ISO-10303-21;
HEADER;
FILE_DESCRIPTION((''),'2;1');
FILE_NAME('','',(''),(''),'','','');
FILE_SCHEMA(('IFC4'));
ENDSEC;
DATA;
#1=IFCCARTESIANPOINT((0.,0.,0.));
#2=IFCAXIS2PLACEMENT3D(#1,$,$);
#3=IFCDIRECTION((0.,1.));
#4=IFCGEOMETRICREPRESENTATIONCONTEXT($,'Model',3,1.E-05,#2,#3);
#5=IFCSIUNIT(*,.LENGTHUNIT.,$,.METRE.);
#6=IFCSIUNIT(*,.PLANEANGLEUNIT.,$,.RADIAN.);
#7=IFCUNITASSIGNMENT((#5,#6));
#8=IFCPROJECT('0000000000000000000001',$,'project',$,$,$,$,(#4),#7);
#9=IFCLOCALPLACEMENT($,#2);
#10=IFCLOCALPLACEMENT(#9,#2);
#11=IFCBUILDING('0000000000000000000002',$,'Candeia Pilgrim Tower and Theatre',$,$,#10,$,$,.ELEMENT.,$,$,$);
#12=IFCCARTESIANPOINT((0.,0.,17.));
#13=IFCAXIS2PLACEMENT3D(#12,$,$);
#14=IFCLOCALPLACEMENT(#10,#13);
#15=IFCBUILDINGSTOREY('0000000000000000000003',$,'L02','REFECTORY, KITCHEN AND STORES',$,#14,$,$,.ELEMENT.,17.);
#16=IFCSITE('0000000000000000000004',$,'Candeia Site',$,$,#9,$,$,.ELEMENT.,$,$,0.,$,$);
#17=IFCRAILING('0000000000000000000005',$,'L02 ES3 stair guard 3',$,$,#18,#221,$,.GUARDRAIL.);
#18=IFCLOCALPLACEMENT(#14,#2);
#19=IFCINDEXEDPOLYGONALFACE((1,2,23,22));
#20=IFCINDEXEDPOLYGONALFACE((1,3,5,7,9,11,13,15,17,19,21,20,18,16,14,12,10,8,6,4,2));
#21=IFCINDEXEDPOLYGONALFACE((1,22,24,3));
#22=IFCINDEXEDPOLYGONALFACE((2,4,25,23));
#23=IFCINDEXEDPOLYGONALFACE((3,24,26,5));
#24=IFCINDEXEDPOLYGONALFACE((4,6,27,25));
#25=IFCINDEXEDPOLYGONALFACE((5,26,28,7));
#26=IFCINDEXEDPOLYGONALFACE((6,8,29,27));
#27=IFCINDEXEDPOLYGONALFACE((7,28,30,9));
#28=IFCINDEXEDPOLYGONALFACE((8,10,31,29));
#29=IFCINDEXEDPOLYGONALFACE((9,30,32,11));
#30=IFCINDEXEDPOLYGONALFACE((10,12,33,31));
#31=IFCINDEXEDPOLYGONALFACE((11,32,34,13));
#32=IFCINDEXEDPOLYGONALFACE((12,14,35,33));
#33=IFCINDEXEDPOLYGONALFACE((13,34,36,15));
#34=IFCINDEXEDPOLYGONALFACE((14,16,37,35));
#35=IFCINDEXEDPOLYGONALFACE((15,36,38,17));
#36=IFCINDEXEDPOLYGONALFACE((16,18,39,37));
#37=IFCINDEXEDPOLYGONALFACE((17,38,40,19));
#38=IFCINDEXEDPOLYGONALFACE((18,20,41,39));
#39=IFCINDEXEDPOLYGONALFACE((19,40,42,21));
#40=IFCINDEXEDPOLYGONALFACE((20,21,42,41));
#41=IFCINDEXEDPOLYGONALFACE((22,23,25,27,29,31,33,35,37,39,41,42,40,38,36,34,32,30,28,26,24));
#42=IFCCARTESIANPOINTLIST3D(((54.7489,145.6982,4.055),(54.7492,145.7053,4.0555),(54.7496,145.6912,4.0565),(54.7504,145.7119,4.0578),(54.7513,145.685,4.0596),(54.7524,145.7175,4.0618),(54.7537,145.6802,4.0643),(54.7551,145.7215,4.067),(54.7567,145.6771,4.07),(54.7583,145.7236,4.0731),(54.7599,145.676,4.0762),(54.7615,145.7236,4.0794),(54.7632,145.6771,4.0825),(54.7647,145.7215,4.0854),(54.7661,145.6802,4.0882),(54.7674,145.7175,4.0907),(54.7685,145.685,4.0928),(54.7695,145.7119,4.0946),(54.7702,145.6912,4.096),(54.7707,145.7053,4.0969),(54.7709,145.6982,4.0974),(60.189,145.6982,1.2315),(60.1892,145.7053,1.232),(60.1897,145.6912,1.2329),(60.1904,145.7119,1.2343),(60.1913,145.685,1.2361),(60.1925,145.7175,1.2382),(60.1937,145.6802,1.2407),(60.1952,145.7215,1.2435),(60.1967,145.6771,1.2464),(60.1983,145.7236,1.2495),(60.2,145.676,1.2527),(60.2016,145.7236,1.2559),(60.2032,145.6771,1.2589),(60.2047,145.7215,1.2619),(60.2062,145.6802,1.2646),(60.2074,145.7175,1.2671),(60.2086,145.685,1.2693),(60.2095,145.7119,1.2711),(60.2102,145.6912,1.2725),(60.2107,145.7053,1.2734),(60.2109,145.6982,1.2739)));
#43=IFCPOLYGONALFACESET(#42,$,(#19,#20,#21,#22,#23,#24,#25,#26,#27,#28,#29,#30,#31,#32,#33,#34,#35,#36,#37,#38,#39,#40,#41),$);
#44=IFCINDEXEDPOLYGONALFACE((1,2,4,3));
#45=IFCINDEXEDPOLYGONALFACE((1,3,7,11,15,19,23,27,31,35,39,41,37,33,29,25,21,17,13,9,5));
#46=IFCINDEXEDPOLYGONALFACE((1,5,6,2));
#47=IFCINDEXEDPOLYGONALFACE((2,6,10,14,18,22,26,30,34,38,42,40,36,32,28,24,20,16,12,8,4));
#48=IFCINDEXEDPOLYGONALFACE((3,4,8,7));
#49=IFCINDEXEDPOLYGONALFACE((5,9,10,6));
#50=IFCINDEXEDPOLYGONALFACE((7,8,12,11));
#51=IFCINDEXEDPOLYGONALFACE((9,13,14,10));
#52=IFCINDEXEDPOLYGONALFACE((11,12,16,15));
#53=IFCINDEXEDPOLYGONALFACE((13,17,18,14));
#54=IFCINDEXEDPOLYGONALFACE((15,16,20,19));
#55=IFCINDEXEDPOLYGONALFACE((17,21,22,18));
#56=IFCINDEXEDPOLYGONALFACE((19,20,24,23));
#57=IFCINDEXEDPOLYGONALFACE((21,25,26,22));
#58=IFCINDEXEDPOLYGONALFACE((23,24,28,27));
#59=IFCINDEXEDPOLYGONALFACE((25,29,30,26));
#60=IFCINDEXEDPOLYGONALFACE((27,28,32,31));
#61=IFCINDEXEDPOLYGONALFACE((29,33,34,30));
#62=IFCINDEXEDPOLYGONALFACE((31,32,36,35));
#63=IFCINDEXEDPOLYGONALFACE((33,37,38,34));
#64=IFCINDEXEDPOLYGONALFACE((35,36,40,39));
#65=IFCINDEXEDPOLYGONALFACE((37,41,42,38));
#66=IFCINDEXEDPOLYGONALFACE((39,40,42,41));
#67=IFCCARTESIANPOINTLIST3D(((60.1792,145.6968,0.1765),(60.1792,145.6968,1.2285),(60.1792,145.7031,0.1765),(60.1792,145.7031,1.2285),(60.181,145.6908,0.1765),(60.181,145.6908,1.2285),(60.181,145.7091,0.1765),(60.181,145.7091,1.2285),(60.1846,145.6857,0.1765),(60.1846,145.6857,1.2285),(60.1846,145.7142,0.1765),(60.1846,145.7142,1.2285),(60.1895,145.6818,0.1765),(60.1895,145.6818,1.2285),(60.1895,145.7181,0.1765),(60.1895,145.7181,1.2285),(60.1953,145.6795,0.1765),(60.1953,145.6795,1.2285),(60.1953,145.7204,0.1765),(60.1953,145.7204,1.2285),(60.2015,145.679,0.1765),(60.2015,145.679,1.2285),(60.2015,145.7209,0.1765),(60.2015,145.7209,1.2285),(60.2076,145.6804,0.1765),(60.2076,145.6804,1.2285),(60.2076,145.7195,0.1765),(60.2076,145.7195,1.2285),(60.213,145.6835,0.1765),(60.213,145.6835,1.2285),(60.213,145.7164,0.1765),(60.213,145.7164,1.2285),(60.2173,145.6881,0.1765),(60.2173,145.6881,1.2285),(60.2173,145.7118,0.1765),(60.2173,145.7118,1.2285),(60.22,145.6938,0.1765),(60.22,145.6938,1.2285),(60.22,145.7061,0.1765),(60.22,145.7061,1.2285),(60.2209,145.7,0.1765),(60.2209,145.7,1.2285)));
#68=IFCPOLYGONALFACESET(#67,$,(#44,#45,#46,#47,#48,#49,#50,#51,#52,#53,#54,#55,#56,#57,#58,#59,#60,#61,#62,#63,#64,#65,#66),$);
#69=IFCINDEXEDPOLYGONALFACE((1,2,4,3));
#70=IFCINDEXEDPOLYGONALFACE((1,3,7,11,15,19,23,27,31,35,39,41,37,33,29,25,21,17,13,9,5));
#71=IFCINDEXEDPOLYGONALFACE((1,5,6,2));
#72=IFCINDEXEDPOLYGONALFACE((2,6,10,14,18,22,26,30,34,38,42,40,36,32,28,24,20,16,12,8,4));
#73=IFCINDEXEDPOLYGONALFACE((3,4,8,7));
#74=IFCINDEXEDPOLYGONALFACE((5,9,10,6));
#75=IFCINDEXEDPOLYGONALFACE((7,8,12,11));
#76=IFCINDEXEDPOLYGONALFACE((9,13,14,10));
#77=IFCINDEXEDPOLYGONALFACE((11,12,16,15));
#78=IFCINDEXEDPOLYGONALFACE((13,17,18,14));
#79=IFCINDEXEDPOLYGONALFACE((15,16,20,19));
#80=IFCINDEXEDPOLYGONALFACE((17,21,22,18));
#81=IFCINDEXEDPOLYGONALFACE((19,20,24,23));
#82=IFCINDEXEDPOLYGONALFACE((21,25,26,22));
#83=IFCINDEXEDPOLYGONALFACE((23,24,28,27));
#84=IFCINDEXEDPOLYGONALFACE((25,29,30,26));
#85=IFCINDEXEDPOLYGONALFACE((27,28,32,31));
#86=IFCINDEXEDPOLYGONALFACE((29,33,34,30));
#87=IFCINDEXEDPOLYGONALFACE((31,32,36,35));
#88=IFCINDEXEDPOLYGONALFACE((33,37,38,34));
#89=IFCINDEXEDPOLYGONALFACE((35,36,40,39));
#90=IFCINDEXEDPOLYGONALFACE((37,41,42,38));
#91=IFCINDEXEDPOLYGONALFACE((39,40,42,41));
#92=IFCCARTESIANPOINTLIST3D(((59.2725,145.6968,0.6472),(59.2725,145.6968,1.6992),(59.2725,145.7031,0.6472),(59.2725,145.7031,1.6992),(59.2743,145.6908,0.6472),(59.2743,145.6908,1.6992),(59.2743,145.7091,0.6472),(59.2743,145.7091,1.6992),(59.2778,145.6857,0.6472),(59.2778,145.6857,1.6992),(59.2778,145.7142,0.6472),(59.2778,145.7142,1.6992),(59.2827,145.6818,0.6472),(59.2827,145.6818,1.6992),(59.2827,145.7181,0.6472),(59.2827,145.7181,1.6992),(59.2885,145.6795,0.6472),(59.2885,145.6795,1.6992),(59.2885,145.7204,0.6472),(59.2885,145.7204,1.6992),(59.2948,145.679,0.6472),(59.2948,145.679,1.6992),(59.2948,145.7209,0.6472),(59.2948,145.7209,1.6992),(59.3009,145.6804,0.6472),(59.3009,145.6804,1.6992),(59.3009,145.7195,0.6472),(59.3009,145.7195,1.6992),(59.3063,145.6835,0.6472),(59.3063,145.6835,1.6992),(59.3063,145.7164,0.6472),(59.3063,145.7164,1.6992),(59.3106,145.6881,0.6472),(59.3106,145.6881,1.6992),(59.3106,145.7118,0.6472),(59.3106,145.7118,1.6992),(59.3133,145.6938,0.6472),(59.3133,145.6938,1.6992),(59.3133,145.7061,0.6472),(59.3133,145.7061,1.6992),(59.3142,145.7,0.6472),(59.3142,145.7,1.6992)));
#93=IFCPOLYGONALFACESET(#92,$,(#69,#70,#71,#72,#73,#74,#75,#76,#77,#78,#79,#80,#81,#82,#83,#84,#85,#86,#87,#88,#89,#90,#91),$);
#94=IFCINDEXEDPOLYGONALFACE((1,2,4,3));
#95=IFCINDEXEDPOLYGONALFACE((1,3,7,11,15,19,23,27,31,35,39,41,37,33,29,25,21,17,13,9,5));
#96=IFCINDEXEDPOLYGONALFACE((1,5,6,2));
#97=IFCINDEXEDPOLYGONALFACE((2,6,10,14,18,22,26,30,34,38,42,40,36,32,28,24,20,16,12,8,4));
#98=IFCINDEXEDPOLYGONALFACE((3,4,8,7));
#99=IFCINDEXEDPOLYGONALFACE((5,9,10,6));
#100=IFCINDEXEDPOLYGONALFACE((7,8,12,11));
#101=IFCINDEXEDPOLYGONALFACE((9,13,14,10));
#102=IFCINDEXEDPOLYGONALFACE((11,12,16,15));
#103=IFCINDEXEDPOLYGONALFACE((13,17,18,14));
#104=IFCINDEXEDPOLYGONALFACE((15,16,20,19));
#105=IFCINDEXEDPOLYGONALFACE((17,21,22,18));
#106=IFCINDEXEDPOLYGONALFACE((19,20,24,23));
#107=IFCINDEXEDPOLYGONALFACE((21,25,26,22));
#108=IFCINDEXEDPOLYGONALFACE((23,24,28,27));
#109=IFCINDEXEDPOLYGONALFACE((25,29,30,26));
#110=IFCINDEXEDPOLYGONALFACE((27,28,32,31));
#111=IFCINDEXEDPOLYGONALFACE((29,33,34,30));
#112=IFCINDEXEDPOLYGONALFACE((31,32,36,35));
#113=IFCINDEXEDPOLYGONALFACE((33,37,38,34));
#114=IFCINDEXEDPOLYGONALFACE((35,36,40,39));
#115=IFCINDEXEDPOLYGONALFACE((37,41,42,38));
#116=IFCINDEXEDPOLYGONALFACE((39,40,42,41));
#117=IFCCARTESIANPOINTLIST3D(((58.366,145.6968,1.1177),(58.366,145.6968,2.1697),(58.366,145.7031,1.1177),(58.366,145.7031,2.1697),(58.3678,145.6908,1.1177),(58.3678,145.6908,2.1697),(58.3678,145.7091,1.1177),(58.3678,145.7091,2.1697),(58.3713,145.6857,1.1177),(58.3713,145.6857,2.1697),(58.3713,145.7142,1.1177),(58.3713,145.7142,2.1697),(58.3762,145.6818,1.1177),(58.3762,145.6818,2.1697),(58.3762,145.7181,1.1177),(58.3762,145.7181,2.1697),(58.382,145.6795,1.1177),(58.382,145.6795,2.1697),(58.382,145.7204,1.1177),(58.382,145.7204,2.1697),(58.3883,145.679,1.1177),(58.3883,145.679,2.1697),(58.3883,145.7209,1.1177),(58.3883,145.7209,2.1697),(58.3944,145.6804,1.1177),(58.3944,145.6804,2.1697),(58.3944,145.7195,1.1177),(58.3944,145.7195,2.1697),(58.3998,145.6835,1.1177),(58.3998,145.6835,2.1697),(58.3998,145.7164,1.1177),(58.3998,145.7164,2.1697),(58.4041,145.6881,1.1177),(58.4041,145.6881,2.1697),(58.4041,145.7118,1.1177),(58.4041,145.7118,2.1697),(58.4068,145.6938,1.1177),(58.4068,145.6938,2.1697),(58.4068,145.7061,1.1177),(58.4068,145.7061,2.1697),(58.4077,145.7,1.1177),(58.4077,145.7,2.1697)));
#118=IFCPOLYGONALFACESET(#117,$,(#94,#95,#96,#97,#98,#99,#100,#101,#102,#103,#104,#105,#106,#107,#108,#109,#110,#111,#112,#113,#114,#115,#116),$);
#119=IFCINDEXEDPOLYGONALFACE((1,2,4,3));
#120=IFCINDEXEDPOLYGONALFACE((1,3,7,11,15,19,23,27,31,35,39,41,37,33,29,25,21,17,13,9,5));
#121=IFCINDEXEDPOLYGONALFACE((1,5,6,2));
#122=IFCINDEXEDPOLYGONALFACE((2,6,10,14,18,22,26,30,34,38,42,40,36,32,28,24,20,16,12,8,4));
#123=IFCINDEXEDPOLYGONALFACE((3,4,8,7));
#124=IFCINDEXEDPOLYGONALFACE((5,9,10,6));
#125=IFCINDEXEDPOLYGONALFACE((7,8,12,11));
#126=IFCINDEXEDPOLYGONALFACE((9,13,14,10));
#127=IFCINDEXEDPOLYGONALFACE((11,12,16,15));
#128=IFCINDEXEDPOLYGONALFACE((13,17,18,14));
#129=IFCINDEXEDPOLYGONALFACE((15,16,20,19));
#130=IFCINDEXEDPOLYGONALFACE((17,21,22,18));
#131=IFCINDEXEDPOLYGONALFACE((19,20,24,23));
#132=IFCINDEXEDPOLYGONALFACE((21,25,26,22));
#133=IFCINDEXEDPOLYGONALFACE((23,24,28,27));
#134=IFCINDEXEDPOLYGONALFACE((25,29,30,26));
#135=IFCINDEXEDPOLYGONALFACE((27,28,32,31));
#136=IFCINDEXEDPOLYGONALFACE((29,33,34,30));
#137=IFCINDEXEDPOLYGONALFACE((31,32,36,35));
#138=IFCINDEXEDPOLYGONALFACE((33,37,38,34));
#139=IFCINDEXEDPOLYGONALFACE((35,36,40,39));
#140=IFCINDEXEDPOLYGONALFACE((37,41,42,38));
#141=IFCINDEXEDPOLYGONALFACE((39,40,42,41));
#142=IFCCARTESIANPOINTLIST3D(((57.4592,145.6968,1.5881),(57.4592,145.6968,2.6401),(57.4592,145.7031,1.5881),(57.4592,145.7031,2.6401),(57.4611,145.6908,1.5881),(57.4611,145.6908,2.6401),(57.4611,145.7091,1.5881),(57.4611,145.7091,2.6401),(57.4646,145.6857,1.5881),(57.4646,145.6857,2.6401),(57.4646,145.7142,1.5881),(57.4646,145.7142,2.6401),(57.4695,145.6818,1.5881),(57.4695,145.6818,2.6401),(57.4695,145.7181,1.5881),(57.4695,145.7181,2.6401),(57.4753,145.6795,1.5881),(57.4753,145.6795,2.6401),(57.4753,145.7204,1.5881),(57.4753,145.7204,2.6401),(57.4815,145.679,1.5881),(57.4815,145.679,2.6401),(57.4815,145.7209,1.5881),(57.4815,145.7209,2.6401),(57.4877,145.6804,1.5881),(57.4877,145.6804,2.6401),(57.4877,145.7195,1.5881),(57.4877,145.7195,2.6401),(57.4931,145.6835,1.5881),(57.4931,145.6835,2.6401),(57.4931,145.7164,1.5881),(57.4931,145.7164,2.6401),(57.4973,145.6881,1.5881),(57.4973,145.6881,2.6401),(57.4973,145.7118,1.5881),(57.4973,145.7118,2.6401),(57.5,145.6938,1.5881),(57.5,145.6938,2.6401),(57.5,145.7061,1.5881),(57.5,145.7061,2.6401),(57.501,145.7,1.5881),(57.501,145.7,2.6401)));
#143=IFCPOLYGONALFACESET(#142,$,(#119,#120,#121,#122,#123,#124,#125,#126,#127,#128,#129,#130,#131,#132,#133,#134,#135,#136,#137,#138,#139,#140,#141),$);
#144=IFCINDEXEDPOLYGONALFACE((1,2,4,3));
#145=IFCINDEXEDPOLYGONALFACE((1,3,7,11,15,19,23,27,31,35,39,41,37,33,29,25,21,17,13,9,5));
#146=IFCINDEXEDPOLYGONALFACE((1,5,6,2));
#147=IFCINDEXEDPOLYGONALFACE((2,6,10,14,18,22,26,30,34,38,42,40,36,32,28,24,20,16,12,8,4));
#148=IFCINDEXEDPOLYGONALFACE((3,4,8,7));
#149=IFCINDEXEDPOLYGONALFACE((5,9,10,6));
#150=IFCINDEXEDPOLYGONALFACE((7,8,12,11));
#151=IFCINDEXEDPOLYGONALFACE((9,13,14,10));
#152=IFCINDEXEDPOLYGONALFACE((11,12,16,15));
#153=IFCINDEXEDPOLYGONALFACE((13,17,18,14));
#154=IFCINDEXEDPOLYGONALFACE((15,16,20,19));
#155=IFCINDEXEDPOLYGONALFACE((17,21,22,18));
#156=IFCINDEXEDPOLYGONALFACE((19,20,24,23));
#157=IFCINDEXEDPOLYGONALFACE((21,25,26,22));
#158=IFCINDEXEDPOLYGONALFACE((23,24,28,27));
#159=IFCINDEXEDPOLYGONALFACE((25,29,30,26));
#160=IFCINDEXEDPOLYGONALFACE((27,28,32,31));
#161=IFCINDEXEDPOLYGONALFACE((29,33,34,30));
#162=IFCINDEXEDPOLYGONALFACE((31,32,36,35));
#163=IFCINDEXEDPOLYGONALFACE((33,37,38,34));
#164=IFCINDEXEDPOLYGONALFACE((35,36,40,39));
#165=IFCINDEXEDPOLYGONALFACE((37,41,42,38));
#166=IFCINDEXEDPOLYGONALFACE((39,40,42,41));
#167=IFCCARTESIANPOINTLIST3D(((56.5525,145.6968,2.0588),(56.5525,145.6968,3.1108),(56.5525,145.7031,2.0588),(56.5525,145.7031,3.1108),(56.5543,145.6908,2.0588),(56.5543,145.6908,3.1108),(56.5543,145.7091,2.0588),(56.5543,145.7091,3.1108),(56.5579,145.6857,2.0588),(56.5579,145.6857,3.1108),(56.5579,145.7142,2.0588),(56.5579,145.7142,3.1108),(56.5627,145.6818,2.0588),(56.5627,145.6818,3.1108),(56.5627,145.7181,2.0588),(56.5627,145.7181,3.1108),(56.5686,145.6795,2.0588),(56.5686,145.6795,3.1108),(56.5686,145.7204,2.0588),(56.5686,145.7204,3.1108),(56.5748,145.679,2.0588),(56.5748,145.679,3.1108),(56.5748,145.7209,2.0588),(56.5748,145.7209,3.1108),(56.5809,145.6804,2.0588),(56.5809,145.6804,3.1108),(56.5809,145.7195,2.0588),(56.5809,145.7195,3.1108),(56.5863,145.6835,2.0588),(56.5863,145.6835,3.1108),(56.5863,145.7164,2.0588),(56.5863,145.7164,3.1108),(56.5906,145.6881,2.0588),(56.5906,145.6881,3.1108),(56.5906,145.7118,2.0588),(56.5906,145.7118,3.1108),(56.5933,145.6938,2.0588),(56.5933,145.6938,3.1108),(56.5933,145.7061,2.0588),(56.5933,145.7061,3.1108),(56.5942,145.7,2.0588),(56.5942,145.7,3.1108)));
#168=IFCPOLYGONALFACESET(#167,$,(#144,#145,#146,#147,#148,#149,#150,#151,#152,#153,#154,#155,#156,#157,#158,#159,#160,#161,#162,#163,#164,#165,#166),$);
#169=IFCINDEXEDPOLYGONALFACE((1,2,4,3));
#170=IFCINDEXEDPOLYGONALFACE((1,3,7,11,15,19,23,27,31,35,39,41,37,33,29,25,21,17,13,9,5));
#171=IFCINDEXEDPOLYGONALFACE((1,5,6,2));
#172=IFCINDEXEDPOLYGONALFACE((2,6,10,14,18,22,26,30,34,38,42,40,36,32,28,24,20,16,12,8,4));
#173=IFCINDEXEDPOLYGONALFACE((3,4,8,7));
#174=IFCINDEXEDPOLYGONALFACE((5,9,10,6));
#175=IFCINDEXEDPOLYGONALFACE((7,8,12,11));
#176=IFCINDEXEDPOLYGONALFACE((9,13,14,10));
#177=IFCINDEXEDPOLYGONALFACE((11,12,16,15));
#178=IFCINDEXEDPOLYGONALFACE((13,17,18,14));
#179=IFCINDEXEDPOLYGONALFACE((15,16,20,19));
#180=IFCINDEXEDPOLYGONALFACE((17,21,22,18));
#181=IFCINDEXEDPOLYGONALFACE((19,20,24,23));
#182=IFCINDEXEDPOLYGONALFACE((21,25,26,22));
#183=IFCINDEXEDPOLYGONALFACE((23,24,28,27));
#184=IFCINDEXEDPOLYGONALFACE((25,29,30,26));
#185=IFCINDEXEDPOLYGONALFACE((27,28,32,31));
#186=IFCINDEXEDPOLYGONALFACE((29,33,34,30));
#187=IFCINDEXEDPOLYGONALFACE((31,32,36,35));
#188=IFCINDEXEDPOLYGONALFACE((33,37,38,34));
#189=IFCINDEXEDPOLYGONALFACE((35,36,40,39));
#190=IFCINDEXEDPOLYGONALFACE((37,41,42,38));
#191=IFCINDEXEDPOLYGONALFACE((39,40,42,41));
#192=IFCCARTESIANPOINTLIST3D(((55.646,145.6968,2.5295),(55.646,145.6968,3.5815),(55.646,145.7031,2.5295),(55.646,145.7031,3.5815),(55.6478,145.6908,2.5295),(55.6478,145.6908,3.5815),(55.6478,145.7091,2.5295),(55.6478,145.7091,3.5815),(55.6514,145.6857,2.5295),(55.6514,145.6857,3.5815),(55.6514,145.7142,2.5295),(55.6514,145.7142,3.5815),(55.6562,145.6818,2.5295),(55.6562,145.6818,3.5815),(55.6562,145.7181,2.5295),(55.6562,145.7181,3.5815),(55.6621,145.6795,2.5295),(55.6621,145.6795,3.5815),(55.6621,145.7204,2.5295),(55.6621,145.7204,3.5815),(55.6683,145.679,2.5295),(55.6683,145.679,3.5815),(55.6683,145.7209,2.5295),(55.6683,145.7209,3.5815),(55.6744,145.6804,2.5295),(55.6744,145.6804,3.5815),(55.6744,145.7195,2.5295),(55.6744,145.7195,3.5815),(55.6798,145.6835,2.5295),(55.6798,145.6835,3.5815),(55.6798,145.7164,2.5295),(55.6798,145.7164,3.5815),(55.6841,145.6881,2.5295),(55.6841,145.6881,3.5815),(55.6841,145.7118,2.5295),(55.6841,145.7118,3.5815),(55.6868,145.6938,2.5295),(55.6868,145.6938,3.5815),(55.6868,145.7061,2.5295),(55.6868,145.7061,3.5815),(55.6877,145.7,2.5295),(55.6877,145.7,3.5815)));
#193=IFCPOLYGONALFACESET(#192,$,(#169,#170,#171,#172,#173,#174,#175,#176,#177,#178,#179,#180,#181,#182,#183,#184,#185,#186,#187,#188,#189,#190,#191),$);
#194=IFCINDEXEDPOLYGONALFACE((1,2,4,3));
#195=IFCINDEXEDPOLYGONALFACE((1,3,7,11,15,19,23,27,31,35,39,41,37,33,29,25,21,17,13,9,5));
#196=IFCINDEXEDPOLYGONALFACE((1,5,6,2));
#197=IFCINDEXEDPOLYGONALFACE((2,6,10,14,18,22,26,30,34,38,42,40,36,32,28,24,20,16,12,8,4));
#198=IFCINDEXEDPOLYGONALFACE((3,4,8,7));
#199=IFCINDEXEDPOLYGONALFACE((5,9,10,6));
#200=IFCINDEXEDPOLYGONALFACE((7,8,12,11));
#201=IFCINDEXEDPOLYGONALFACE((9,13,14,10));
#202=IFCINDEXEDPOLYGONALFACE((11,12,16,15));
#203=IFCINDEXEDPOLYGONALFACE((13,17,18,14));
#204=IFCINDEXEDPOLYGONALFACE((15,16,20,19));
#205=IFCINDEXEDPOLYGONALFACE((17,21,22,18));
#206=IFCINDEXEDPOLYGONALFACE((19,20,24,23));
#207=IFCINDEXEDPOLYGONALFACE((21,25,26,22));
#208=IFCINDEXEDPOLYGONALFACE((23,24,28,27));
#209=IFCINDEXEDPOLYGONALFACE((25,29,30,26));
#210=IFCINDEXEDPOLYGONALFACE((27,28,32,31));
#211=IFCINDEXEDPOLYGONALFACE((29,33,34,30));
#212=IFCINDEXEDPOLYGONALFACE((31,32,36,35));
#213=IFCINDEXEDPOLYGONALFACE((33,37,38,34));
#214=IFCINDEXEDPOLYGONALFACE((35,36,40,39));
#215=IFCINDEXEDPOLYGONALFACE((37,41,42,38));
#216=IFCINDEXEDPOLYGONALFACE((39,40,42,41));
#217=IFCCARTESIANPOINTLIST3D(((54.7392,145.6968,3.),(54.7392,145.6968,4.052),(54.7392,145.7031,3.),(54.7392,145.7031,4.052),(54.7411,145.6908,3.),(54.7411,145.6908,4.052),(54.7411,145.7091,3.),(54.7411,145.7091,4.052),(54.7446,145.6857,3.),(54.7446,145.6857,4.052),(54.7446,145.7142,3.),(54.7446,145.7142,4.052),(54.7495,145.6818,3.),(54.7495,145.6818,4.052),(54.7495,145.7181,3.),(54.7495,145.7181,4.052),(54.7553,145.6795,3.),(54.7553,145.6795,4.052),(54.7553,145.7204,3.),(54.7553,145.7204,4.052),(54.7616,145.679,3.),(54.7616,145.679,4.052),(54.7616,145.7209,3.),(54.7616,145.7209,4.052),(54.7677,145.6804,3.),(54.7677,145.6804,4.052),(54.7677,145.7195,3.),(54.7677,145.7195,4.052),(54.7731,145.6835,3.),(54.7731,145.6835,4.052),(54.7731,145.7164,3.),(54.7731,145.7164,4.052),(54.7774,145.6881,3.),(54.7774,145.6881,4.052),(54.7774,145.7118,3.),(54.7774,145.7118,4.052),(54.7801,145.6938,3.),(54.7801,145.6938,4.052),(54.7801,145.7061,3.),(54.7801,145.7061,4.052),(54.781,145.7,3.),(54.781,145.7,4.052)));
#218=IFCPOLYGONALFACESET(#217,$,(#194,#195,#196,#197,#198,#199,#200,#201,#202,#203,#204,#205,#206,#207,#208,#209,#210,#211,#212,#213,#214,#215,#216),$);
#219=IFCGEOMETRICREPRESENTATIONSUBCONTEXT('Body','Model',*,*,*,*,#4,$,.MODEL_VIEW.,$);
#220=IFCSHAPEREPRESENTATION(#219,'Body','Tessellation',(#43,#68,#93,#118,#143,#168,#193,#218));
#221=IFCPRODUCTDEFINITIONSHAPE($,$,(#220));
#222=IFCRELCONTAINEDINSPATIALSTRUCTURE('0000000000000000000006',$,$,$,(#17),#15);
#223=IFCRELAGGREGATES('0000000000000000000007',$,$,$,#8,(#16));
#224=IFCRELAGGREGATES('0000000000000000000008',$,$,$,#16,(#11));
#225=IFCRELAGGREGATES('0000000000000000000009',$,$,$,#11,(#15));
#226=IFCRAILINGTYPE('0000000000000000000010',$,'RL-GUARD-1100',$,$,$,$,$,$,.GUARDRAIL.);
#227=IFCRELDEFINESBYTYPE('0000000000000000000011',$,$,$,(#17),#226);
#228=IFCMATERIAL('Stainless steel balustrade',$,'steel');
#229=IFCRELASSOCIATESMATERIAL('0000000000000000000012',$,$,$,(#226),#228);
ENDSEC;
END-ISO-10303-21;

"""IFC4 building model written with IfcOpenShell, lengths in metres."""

from ifc_helpers import new_model, si_unit, direction, frame, origin, origin_2d, place, context, subcontext, project, spatial, circle, extrude, material, type_object, element, save


model = new_model("IFC4")

# Units and contexts
model_context = context("Model", 3, precision=1e-05, world=origin(), true_north=direction((0.0, 1.0)))
body_context = subcontext(model_context, "Body", "Model", "MODEL_VIEW")
ifc_project = project(units=[si_unit("LENGTHUNIT", "METRE"), si_unit("PLANEANGLEUNIT", "RADIAN")], contexts=[model_context])

# Site, building, storey
site_placement = place(None, origin())
site = spatial("IfcSite", under=ifc_project, at=site_placement, Name="Candeia Site", CompositionType="ELEMENT", RefElevation=0.0)
building_placement = place(site_placement, origin())
building = spatial("IfcBuilding", under=site, at=building_placement, Name="Candeia Pilgrim Tower and Theatre", CompositionType="ELEMENT")
storey_placement = place(building_placement, frame((0.0, 0.0, 17.0)))
storey = spatial("IfcBuildingStorey", under=building, at=storey_placement, Name="L02", Description="REFECTORY, KITCHEN AND STORES", CompositionType="ELEMENT", Elevation=17.0)

# Railing
ifc_material_1 = material(Name="Stainless steel balustrade", Category="steel")
railing_type_1 = type_object("IfcRailingType", Name="RL-GUARD-1100", PredefinedType="GUARDRAIL", material=ifc_material_1)
railing_1_placement = place(storey_placement, frame((60.2, 145.7, 0.1765)))
element("IfcRailing", 1, at=railing_1_placement, inside=storey, type_object=railing_type_1, Name="L02 ES3 stair guard 3", PredefinedType="GUARDRAIL", context=body_context, shape_type="SweptSolid", body=[
    extrude(circle(Radius=0.0239, at=origin_2d()), frame((0.0, 0.0, 1.0762), z_axis=(-0.887569, 0.0, 0.460674), x_axis=(0.0, -1.0, 0.0)), (0.0, 0.0, 1.0), 6.1292),
    extrude(circle(Radius=0.021, at=origin_2d()), origin(), (0.0, 0.0, 1.0), 1.052),
    extrude(circle(Radius=0.021, at=origin_2d()), frame((-0.9067, 0.0, 0.4707)), (0.0, 0.0, 1.0), 1.052),
    extrude(circle(Radius=0.021, at=origin_2d()), frame((-1.8132, 0.0, 0.9412)), (0.0, 0.0, 1.0), 1.052),
    extrude(circle(Radius=0.021, at=origin_2d()), frame((-2.72, 0.0, 1.4116)), (0.0, 0.0, 1.0), 1.052),
    extrude(circle(Radius=0.021, at=origin_2d()), frame((-3.6267, 0.0, 1.8823)), (0.0, 0.0, 1.0), 1.052),
    extrude(circle(Radius=0.021, at=origin_2d()), frame((-4.5332, 0.0, 2.353)), (0.0, 0.0, 1.0), 1.052),
    extrude(circle(Radius=0.021, at=origin_2d()), frame((-5.4399, 0.0, 2.8235)), (0.0, 0.0, 1.0), 1.052),
])

save(model, "model.ifc")
